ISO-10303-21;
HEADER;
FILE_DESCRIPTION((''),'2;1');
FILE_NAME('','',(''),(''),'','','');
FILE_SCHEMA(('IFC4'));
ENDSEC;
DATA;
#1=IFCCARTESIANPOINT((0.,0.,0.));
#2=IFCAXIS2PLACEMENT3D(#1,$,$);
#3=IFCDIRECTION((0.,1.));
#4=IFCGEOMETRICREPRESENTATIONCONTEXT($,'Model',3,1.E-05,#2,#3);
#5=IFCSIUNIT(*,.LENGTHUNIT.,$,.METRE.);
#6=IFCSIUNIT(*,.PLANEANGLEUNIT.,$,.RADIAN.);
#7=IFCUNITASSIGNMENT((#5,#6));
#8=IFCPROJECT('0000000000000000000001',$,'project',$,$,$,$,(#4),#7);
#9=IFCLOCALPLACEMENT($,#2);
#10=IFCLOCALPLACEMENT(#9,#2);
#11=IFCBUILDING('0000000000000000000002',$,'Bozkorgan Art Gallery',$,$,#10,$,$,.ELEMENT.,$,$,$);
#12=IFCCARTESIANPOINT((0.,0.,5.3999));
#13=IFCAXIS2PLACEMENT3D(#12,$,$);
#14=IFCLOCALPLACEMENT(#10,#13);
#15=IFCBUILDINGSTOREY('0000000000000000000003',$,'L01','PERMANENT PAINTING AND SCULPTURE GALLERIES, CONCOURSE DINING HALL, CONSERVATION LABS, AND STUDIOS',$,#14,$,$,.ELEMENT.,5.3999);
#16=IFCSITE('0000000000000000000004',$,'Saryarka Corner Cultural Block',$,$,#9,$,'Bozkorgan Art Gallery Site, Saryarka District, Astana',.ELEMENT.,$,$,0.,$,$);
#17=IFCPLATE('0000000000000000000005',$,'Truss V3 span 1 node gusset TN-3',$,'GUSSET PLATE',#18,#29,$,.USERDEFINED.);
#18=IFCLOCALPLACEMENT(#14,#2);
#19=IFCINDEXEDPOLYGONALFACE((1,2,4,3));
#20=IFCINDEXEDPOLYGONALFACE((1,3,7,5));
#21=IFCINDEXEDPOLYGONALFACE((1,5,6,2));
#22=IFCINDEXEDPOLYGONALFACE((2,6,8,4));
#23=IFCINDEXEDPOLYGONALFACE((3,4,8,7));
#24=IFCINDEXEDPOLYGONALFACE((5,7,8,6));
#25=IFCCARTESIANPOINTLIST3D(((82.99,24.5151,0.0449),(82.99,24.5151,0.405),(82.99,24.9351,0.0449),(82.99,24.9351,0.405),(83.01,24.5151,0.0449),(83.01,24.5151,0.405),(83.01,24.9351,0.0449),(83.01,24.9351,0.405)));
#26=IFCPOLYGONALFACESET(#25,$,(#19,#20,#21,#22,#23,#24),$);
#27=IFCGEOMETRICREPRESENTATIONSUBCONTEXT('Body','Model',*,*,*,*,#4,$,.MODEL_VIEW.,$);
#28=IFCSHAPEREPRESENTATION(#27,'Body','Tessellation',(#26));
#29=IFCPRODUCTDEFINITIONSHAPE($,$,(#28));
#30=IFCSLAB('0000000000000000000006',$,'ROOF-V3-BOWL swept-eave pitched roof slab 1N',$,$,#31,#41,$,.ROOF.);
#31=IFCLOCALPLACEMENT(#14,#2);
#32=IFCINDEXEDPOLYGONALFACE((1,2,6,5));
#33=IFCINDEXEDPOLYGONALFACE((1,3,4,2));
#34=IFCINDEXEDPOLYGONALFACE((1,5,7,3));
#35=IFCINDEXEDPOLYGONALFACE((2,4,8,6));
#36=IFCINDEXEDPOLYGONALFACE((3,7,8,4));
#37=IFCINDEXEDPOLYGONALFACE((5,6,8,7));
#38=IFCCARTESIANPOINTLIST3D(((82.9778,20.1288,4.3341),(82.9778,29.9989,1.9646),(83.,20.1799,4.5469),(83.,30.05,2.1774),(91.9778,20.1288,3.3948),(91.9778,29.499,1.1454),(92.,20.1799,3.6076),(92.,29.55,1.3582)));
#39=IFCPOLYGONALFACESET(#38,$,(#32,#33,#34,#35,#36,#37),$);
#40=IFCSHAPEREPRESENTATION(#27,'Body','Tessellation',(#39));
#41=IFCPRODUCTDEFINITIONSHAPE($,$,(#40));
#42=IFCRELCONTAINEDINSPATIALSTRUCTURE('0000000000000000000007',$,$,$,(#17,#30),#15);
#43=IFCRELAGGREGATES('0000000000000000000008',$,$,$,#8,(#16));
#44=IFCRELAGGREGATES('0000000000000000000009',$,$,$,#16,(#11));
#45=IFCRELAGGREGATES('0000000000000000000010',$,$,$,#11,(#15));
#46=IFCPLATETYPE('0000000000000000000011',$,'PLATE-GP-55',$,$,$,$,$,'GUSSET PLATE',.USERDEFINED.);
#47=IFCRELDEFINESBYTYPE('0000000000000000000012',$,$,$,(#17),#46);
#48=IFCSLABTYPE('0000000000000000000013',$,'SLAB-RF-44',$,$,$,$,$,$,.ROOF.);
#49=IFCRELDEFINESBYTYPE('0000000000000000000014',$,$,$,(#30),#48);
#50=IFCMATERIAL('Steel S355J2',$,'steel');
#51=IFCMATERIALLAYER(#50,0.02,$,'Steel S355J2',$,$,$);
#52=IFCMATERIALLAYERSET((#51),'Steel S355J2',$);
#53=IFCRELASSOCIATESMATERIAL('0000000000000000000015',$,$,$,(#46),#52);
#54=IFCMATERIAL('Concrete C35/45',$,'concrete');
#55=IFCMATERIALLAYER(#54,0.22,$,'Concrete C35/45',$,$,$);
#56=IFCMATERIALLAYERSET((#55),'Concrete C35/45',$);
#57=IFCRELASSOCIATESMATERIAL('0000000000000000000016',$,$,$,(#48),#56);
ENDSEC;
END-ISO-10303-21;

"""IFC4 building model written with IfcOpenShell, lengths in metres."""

from ifc_helpers import new_model, si_unit, direction, frame, origin, origin_2d, place, context, subcontext, project, spatial, polyline, rectangle, outline, extrude, material, layer, layer_set, type_object, element, save


model = new_model("IFC4")

# Units and contexts
model_context = context("Model", 3, precision=1e-05, world=origin(), true_north=direction((0.0, 1.0)))
body_context = subcontext(model_context, "Body", "Model", "MODEL_VIEW")
ifc_project = project(units=[si_unit("LENGTHUNIT", "METRE"), si_unit("PLANEANGLEUNIT", "RADIAN")], contexts=[model_context])

# Site, building, storey
site_placement = place(None, origin())
site = spatial("IfcSite", under=ifc_project, at=site_placement, Name="Saryarka Corner Cultural Block", LongName="Bozkorgan Art Gallery Site, Saryarka District, Astana", CompositionType="ELEMENT", RefElevation=0.0)
building_placement = place(site_placement, origin())
building = spatial("IfcBuilding", under=site, at=building_placement, Name="Bozkorgan Art Gallery", CompositionType="ELEMENT")
storey_placement = place(building_placement, frame((0.0, 0.0, 5.3999)))
storey = spatial("IfcBuildingStorey", under=building, at=storey_placement, Name="L01", Description="PERMANENT PAINTING AND SCULPTURE GALLERIES, CONCOURSE DINING HALL, CONSERVATION LABS, AND STUDIOS", CompositionType="ELEMENT", Elevation=5.3999)

# Shared definitions
ifc_material_1 = material(Name="Concrete C35/45", Category="concrete")

# Shared definitions
ifc_material_2 = material(Name="Steel S355J2", Category="steel")

# Plate
ifc_layer_1 = layer(ifc_material_2, 0.02, Name="Steel S355J2")
ifc_layer_set_1 = layer_set([ifc_layer_1], Name="Steel S355J2")
plate_type_1 = type_object("IfcPlateType", Name="PLATE-GP-55", ElementType="GUSSET PLATE", PredefinedType="USERDEFINED", material=ifc_layer_set_1)
plate_1_placement = place(storey_placement, frame((83.0, 24.7251, 0.0449), z_axis=(0.0, 0.0, 1.0), x_axis=(1.0, 0.0, 0.0)))
element("IfcPlate", 1, at=plate_1_placement, inside=storey, type_object=plate_type_1, Name="Truss V3 span 1 node gusset TN-3", ObjectType="GUSSET PLATE", PredefinedType="USERDEFINED", context=body_context, shape_type="SweptSolid", body=[
    extrude(rectangle(XDim=0.02, YDim=0.4199, at=origin_2d()), origin(), (0.0, 0.0, 1.0), 0.3601),
])

# Slab
ifc_layer_2 = layer(ifc_material_1, 0.22, Name="Concrete C35/45")
ifc_layer_set_2 = layer_set([ifc_layer_2], Name="Concrete C35/45")
slab_type = type_object("IfcSlabType", Name="SLAB-RF-44", PredefinedType="ROOF", material=ifc_layer_set_2)
slab_placement = place(storey_placement, frame((83.0, 20.1799, 4.5469), z_axis=(0.100964, 0.232239, 0.967404), x_axis=(0.994598, -0.000002, -0.103801)))
element("IfcSlab", 2, at=slab_placement, inside=storey, type_object=slab_type, Name="ROOF-V3-BOWL swept-eave pitched roof slab 1N", PredefinedType="ROOF", context=body_context, shape_type="SweptSolid", body=[
    extrude(outline(polyline([(0.0, 0.0), (9.0489, 0.0), (9.2824, 9.6335), (0.2459, 10.1475), (0.0, 0.0)])), origin(), (0.0, 0.0, -1.0), 0.22),
])

save(model, "model.ifc")
